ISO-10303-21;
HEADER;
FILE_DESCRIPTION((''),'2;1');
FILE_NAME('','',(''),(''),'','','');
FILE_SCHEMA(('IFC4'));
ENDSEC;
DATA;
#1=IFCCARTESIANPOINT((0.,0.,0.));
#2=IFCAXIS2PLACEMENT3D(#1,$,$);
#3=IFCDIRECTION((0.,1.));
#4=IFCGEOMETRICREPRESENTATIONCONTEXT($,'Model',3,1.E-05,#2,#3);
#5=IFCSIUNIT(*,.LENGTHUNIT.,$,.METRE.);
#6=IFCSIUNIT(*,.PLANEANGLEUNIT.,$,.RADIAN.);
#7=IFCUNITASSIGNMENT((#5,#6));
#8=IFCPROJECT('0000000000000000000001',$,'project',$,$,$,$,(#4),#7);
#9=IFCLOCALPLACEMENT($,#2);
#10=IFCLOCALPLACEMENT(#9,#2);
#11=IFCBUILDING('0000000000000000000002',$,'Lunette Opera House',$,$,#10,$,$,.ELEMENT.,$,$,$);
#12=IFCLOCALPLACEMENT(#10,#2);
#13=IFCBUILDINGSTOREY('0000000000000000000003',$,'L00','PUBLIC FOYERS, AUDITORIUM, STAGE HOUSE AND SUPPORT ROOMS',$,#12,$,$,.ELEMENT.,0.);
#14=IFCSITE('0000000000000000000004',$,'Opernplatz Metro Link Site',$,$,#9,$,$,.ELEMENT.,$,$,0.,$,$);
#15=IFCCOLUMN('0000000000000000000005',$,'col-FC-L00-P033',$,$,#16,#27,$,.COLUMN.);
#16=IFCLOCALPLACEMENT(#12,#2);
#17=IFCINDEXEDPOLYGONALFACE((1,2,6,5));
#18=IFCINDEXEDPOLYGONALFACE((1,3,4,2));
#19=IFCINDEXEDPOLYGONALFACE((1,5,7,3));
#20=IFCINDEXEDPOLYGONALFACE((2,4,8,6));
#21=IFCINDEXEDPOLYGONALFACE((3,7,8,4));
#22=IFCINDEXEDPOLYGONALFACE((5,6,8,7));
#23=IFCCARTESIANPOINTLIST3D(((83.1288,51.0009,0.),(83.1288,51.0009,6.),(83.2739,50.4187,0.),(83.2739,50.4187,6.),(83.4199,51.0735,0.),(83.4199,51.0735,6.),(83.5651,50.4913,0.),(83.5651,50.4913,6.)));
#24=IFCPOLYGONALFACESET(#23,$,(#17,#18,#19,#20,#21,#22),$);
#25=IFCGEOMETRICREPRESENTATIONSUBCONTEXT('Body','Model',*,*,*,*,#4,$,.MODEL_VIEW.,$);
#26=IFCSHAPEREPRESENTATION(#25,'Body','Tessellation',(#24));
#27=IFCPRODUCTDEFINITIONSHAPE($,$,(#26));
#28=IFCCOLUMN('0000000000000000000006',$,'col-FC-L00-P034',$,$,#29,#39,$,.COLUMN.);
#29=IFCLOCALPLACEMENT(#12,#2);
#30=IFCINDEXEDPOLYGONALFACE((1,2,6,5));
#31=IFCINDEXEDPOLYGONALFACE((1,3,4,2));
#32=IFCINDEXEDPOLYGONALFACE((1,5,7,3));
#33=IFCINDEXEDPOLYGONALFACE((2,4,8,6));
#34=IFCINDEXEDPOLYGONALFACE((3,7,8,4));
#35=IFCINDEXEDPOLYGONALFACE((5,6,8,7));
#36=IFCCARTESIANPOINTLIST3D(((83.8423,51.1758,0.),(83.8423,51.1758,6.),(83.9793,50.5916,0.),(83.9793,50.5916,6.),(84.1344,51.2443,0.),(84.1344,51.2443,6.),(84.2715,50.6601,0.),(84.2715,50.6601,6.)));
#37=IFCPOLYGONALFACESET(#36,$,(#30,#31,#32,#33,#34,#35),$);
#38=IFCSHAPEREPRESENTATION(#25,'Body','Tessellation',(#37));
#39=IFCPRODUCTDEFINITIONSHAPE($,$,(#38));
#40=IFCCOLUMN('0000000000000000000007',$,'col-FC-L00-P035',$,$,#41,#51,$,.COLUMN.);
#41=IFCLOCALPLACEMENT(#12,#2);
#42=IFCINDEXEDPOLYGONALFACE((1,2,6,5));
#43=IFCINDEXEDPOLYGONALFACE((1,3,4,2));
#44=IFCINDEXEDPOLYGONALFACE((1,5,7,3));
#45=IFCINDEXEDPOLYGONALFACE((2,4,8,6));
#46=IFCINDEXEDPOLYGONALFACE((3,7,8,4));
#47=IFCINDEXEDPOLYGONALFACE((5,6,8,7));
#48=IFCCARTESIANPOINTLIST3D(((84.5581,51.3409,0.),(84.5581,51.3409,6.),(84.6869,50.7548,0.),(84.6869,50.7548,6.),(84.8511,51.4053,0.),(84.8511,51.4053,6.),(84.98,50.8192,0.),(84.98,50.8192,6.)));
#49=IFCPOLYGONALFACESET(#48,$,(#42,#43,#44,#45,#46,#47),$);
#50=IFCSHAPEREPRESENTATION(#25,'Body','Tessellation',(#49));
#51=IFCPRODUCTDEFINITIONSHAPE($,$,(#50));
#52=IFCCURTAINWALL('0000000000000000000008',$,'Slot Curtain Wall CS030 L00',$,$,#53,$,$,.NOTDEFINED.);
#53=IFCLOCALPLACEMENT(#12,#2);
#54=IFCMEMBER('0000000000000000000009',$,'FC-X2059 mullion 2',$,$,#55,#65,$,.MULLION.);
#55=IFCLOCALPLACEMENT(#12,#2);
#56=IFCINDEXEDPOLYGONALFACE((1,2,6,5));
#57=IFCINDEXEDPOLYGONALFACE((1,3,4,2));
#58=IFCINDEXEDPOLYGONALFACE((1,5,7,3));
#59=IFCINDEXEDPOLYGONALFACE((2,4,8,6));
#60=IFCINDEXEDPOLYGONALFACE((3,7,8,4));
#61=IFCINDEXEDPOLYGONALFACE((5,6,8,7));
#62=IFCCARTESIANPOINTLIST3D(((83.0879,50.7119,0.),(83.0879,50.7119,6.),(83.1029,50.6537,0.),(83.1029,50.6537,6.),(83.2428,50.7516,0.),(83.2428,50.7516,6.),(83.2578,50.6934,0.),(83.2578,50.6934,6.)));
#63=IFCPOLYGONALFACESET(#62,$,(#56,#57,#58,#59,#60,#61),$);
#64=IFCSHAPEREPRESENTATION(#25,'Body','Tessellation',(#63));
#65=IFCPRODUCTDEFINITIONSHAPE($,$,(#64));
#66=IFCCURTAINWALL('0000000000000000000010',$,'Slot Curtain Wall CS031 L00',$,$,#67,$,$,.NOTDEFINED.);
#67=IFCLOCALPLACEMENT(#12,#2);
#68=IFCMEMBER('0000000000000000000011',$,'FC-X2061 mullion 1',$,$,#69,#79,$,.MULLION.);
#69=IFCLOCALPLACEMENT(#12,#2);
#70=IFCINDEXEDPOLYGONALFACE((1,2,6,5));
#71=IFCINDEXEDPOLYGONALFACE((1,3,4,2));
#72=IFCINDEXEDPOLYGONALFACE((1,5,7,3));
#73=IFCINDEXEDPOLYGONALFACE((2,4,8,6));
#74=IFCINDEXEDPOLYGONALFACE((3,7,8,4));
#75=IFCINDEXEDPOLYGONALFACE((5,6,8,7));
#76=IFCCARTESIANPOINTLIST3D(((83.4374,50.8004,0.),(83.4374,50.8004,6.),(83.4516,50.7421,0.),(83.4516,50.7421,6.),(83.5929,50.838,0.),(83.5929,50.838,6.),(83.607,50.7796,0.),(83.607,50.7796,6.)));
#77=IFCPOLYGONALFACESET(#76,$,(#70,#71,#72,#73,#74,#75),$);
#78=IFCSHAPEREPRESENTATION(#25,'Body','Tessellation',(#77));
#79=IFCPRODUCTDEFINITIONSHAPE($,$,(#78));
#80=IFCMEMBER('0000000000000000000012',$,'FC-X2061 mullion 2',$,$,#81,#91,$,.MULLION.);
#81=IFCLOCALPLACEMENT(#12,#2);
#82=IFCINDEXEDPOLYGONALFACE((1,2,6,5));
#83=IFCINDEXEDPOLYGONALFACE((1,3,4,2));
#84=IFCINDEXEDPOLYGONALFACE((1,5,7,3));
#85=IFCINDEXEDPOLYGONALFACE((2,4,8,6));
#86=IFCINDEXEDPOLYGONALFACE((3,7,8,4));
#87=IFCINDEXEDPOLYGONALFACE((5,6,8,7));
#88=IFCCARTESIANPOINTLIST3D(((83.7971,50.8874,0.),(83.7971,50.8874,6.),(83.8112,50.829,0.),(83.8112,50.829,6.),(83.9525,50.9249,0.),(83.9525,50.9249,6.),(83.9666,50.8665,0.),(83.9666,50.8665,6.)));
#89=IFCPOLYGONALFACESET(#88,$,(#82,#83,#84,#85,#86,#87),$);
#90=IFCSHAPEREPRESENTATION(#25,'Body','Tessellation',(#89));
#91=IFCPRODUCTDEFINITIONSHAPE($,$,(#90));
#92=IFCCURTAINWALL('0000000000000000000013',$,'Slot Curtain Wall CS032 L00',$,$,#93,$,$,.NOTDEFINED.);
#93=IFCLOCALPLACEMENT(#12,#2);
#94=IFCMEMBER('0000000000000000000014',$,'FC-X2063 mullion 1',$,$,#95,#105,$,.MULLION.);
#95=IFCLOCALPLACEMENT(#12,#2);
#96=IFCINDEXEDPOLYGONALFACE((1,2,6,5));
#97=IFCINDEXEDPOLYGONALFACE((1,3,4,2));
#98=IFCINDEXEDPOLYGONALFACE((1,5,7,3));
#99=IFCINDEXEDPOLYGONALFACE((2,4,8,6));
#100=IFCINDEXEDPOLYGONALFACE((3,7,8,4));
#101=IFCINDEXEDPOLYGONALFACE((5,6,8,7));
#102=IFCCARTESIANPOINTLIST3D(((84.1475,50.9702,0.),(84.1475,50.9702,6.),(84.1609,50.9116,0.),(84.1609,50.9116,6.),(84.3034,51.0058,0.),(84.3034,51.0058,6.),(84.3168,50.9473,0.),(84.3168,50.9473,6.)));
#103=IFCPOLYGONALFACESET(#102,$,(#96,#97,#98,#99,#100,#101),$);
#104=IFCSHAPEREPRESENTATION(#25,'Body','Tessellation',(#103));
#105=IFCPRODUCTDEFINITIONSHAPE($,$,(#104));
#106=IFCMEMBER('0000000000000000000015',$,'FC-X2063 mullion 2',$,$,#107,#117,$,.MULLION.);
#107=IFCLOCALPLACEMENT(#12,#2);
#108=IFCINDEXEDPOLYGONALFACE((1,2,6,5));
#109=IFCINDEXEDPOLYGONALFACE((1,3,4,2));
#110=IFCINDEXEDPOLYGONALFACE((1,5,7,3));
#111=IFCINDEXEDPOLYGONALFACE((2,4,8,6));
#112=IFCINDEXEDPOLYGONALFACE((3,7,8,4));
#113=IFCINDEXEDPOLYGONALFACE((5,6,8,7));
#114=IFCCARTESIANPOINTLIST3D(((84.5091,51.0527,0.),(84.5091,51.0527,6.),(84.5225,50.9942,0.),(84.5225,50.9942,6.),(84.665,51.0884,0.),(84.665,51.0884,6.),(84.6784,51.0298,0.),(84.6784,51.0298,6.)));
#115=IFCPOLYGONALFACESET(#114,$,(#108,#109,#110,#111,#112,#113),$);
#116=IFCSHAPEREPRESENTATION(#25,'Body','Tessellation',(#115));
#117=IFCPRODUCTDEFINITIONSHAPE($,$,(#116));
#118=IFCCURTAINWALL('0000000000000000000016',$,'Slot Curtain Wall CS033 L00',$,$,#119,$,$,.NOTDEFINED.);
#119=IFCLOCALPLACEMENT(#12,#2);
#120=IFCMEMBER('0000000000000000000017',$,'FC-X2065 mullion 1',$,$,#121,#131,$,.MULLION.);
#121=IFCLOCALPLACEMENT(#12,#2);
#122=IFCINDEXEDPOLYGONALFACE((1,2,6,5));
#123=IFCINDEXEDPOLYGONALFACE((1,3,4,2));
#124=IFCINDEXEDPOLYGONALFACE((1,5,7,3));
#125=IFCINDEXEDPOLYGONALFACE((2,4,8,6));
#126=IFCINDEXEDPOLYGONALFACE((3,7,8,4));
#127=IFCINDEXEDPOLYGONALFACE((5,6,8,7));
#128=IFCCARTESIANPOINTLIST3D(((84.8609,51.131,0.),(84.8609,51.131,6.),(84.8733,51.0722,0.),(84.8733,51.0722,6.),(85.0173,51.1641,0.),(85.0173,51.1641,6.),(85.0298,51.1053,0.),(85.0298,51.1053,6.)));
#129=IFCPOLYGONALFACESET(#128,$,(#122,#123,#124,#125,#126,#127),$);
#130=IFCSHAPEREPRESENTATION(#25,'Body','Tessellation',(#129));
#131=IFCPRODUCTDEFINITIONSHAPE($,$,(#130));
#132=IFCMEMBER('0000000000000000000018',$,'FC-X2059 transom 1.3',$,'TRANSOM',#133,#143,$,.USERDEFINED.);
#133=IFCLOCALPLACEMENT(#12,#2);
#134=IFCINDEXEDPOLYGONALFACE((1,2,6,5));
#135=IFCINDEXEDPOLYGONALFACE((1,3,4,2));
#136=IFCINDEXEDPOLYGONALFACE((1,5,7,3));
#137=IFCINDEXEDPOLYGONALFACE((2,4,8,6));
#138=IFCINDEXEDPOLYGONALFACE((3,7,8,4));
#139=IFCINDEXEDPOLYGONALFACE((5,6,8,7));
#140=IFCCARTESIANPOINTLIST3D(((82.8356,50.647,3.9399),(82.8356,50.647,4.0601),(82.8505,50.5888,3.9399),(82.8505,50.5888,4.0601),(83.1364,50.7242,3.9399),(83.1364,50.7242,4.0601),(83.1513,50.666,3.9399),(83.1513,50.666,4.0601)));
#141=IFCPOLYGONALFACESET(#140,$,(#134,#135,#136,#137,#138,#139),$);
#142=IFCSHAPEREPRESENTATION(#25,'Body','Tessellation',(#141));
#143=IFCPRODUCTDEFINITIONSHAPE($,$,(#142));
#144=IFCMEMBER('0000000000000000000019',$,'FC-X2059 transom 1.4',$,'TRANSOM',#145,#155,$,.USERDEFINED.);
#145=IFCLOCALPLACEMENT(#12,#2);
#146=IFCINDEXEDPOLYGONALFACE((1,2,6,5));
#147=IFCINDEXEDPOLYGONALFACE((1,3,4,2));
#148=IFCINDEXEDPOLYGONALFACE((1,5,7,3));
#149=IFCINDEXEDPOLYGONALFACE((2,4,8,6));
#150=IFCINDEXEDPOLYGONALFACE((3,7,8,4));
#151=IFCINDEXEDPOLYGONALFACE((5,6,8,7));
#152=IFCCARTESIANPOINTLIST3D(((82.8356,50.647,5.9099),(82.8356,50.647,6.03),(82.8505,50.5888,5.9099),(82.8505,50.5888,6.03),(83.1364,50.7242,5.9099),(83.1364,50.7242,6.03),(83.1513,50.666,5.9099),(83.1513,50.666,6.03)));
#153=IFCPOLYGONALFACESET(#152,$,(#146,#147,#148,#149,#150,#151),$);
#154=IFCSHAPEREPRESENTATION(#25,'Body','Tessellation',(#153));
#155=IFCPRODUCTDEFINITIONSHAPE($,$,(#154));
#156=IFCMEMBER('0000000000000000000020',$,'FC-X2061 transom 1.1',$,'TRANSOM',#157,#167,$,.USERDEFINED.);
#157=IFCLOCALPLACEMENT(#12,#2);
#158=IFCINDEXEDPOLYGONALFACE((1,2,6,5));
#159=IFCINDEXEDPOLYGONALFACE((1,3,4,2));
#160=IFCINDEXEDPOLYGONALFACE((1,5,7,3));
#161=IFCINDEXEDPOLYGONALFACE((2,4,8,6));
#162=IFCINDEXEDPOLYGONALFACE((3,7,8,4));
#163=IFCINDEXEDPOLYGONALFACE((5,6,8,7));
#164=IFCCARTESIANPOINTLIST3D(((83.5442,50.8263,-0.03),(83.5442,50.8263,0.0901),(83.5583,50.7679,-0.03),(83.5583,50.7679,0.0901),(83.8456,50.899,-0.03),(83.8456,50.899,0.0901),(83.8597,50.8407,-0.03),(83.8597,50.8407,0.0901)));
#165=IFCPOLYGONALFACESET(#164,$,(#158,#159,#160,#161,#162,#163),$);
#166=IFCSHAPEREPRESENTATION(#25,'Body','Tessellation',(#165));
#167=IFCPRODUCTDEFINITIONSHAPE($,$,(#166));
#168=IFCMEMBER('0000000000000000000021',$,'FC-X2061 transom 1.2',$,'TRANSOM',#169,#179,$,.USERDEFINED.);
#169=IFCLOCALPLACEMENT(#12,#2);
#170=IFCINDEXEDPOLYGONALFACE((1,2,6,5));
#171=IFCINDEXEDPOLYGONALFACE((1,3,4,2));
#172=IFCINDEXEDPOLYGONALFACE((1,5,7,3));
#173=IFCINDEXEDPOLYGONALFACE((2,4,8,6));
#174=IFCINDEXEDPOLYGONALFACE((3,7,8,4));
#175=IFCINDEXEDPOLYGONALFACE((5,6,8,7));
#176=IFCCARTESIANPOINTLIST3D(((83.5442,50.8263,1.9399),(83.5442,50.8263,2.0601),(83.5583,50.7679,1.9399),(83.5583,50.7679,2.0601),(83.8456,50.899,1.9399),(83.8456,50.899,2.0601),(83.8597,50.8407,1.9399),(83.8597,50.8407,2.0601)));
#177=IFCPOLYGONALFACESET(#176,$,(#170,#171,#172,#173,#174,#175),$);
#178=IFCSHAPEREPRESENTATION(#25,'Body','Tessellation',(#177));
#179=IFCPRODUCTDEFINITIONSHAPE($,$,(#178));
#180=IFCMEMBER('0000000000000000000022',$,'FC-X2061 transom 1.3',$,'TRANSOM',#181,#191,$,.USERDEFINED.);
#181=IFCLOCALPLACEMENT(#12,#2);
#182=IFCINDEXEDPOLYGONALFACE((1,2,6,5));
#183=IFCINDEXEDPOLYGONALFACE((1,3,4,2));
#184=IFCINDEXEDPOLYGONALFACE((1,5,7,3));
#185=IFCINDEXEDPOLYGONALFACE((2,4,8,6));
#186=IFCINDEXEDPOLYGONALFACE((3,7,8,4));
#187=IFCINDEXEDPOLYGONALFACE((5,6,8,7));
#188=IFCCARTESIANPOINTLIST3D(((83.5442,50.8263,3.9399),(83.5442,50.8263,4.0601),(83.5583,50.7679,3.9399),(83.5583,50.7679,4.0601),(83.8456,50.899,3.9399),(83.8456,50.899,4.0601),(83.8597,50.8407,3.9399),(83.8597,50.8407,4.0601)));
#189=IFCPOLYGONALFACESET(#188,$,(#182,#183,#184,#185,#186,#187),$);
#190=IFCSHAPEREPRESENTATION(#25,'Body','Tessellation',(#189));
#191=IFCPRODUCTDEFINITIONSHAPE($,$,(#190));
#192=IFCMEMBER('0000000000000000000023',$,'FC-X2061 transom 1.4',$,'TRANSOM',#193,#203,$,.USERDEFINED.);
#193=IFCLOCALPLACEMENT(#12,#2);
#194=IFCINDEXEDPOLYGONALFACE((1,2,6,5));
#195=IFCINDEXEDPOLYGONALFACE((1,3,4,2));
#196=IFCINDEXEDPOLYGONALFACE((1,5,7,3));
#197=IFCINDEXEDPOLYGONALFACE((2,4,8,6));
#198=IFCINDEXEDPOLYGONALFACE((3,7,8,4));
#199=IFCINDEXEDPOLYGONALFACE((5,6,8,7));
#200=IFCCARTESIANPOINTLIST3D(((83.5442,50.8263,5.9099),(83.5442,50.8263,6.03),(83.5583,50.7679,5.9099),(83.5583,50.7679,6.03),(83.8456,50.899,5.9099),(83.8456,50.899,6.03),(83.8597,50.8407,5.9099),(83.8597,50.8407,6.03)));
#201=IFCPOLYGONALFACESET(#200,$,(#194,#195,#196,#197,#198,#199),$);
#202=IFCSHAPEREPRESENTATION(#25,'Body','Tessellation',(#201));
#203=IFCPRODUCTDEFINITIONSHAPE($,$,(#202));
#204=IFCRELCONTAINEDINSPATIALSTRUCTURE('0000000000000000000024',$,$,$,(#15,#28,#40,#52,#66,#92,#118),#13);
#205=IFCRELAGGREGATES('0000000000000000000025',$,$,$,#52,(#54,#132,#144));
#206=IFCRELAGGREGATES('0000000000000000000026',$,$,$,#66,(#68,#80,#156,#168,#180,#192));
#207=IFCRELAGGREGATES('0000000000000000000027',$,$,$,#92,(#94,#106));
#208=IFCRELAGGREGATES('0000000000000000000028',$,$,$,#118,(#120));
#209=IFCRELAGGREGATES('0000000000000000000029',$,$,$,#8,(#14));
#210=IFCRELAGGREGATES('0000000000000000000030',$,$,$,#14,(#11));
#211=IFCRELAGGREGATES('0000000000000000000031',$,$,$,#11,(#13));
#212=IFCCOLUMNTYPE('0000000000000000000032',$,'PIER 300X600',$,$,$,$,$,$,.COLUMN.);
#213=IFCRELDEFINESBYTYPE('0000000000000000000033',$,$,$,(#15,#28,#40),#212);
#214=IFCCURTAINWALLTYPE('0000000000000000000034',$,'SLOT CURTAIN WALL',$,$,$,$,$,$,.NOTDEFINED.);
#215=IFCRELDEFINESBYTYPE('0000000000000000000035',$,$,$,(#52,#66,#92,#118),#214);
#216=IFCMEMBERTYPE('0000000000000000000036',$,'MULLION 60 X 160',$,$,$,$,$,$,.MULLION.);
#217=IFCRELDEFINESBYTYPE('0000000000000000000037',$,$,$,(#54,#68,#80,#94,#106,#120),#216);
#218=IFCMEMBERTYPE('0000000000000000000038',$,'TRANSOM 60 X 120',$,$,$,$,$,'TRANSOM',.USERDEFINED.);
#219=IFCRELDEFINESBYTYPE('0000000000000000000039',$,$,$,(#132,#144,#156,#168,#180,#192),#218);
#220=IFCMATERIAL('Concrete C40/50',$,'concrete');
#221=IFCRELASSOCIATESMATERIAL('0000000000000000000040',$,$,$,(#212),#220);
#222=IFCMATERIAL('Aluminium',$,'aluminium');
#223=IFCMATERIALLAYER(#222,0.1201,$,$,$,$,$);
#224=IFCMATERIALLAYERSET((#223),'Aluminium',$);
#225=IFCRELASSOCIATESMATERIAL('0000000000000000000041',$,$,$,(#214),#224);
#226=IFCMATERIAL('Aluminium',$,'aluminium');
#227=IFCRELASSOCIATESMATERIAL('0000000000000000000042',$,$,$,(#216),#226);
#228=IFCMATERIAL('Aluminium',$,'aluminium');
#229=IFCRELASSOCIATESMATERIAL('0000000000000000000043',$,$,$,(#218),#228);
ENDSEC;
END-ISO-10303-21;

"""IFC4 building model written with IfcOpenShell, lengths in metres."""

from ifc_helpers import new_model, si_unit, direction, frame, origin, origin_2d, place, context, subcontext, project, spatial, rectangle, extrude, material, layer, layer_set, material_profile, profile_set, type_object, element, aggregate, save


model = new_model("IFC4")

# Units and contexts
model_context = context("Model", 3, precision=1e-05, world=origin(), true_north=direction((0.0, 1.0)))
body_context = subcontext(model_context, "Body", "Model", "MODEL_VIEW")
ifc_project = project(units=[si_unit("LENGTHUNIT", "METRE"), si_unit("PLANEANGLEUNIT", "RADIAN")], contexts=[model_context])

# Site, building, storey
site_placement = place(None, origin())
site = spatial("IfcSite", under=ifc_project, at=site_placement, Name="Opernplatz Metro Link Site", CompositionType="ELEMENT", RefElevation=0.0)
building_placement = place(site_placement, origin())
building = spatial("IfcBuilding", under=site, at=building_placement, Name="Lunette Opera House", CompositionType="ELEMENT")
storey_placement = place(building_placement, origin())
storey = spatial("IfcBuildingStorey", under=building, at=storey_placement, Name="L00", Description="PUBLIC FOYERS, AUDITORIUM, STAGE HOUSE AND SUPPORT ROOMS", CompositionType="ELEMENT", Elevation=0.0)

# Columns
ifc_material_1 = material(Name="Concrete C40/50", Category="concrete")
ifc_material_profile_1 = material_profile(ifc_material_1, rectangle(XDim=0.3, YDim=0.6001, at=origin_2d()), Name="PIER 300X600")
ifc_profile_set_1 = profile_set([ifc_material_profile_1], Name="Concrete C40/50")
column_type = type_object("IfcColumnType", Name="PIER 300X600", PredefinedType="COLUMN", material=ifc_profile_set_1)
for number, where, z_axis, x_axis, name in (
    (1, (83.3469, 50.7461, 0.0), (0.0, 0.0, 1.0), (0.970296, 0.241922, 0.0), "col-FC-L00-P033"),
    (2, (84.0569, 50.918, 0.0), (0.0, 0.0, 1.0), (0.973579, 0.228351, 0.0), "col-FC-L00-P034"),
    (3, (84.769, 51.0801, 0.0), (0.0, 0.0, 1.0), (0.976672, 0.214735, 0.0), "col-FC-L00-P035"),
):
    element("IfcColumn", number, at=place(storey_placement, frame(where, z_axis=z_axis, x_axis=x_axis)), inside=storey, type_object=column_type, Name=name, PredefinedType="COLUMN", context=body_context, shape_type="SweptSolid", body=[
        extrude(rectangle(XDim=0.3, YDim=0.6001, at=origin_2d()), origin(), (0.0, 0.0, 1.0), 6.0),
    ])

# Curtain wall, member
ifc_material_2 = material(Name="Aluminium", Category="aluminium")
ifc_layer_1 = layer(ifc_material_2, 0.1201)
ifc_layer_set_1 = layer_set([ifc_layer_1], Name="Aluminium")
curtain_wall_type = type_object("IfcCurtainWallType", Name="SLOT CURTAIN WALL", PredefinedType="NOTDEFINED", material=ifc_layer_set_1)
curtain_wall_1_placement = place(storey_placement, origin())
curtain_wall_1 = element("IfcCurtainWall", 4, at=curtain_wall_1_placement, inside=storey, type_object=curtain_wall_type, Name="Slot Curtain Wall CS030 L00", PredefinedType="NOTDEFINED")
ifc_material_3 = material(Name="Aluminium", Category="aluminium")
ifc_material_profile_2 = material_profile(ifc_material_3, rectangle(XDim=0.0601, YDim=0.1599, at=origin_2d()), Name="MULLION 60 X 160")
ifc_profile_set_2 = profile_set([ifc_material_profile_2], Name="Aluminium")
member_type_1 = type_object("IfcMemberType", Name="MULLION 60 X 160", PredefinedType="MULLION", material=ifc_profile_set_2)
member_1_placement = place(storey_placement, frame((83.1729, 50.7026, 0.0), z_axis=(0.0, 0.0, 1.0), x_axis=(-0.248543, 0.968621, 0.0)))
member_1 = element("IfcMember", 5, at=member_1_placement, type_object=member_type_1, Name="FC-X2059 mullion 2", PredefinedType="MULLION", context=body_context, shape_type="SweptSolid", body=[
    extrude(rectangle(XDim=0.0601, YDim=0.1599, at=origin_2d()), origin(), (0.0, 0.0, 1.0), 6.0),
])

# Curtain walls, members
curtain_wall_2_placement = place(storey_placement, origin())
curtain_wall_2 = element("IfcCurtainWall", 6, at=curtain_wall_2_placement, inside=storey, type_object=curtain_wall_type, Name="Slot Curtain Wall CS031 L00", PredefinedType="NOTDEFINED")
member_2_placement = place(storey_placement, frame((83.5222, 50.79, 0.0), z_axis=(0.0, 0.0, 1.0), x_axis=(-0.234868, 0.972027, 0.0)))
member_2 = element("IfcMember", 7, at=member_2_placement, type_object=member_type_1, Name="FC-X2061 mullion 1", PredefinedType="MULLION", context=body_context, shape_type="SweptSolid", body=[
    extrude(rectangle(XDim=0.0601, YDim=0.1599, at=origin_2d()), origin(), (0.0, 0.0, 1.0), 6.0),
])
member_3_placement = place(storey_placement, frame((83.8818, 50.877, 0.0), z_axis=(0.0, 0.0, 1.0), x_axis=(-0.234868, 0.972027, 0.0)))
member_3 = element("IfcMember", 8, at=member_3_placement, type_object=member_type_1, Name="FC-X2061 mullion 2", PredefinedType="MULLION", context=body_context, shape_type="SweptSolid", body=[
    extrude(rectangle(XDim=0.0601, YDim=0.1599, at=origin_2d()), origin(), (0.0, 0.0, 1.0), 6.0),
])
curtain_wall_3_placement = place(storey_placement, origin())
curtain_wall_3 = element("IfcCurtainWall", 9, at=curtain_wall_3_placement, inside=storey, type_object=curtain_wall_type, Name="Slot Curtain Wall CS032 L00", PredefinedType="NOTDEFINED")
member_4_placement = place(storey_placement, frame((84.2322, 50.9587, 0.0), z_axis=(0.0, 0.0, 1.0), x_axis=(-0.222825, 0.974859, 0.0)))
member_4 = element("IfcMember", 10, at=member_4_placement, type_object=member_type_1, Name="FC-X2063 mullion 1", PredefinedType="MULLION", context=body_context, shape_type="SweptSolid", body=[
    extrude(rectangle(XDim=0.0601, YDim=0.1599, at=origin_2d()), origin(), (0.0, 0.0, 1.0), 6.0),
])
member_5_placement = place(storey_placement, frame((84.5938, 51.0413, 0.0), z_axis=(0.0, 0.0, 1.0), x_axis=(-0.222825, 0.974859, 0.0)))
member_5 = element("IfcMember", 11, at=member_5_placement, type_object=member_type_1, Name="FC-X2063 mullion 2", PredefinedType="MULLION", context=body_context, shape_type="SweptSolid", body=[
    extrude(rectangle(XDim=0.0601, YDim=0.1599, at=origin_2d()), origin(), (0.0, 0.0, 1.0), 6.0),
])

# Curtain wall, member
curtain_wall_4_placement = place(storey_placement, origin())
curtain_wall_4 = element("IfcCurtainWall", 12, at=curtain_wall_4_placement, inside=storey, type_object=curtain_wall_type, Name="Slot Curtain Wall CS033 L00", PredefinedType="NOTDEFINED")
member_6_placement = place(storey_placement, frame((84.9453, 51.1182, 0.0), z_axis=(0.0, 0.0, 1.0), x_axis=(-0.20683, 0.978377, 0.0)))
member_6 = element("IfcMember", 13, at=member_6_placement, type_object=member_type_1, Name="FC-X2065 mullion 1", PredefinedType="MULLION", context=body_context, shape_type="SweptSolid", body=[
    extrude(rectangle(XDim=0.0601, YDim=0.1599, at=origin_2d()), origin(), (0.0, 0.0, 1.0), 6.0),
])

# Members
ifc_material_4 = material(Name="Aluminium", Category="aluminium")
ifc_material_profile_3 = material_profile(ifc_material_4, rectangle(XDim=0.0601, YDim=0.1201, at=origin_2d()), Name="TRANSOM 60 X 120")
ifc_profile_set_3 = profile_set([ifc_material_profile_3], Name="Aluminium")
member_type_2 = type_object("IfcMemberType", Name="TRANSOM 60 X 120", ElementType="TRANSOM", PredefinedType="USERDEFINED", material=ifc_profile_set_3)
member_7_placement = place(storey_placement, frame((82.843, 50.6179, 4.0), z_axis=(0.968644, 0.248451, 0.0), x_axis=(-0.248451, 0.968644, 0.0)))
member_7 = element("IfcMember", 14, at=member_7_placement, type_object=member_type_2, Name="FC-X2059 transom 1.3", ObjectType="TRANSOM", PredefinedType="USERDEFINED", context=body_context, shape_type="SweptSolid", body=[
    extrude(rectangle(XDim=0.0601, YDim=0.1201, at=origin_2d()), origin(), (0.0, 0.0, 1.0), 0.3105),
])
member_8_placement = place(storey_placement, frame((82.843, 50.6179, 5.97), z_axis=(0.968644, 0.248451, 0.0), x_axis=(-0.248451, 0.968644, 0.0)))
member_8 = element("IfcMember", 15, at=member_8_placement, type_object=member_type_2, Name="FC-X2059 transom 1.4", ObjectType="TRANSOM", PredefinedType="USERDEFINED", context=body_context, shape_type="SweptSolid", body=[
    extrude(rectangle(XDim=0.0601, YDim=0.1201, at=origin_2d()), origin(), (0.0, 0.0, 1.0), 0.3105),
])
member_9_placement = place(storey_placement, frame((83.5513, 50.7971, 0.03), z_axis=(0.972101, 0.234564, 0.0), x_axis=(-0.234564, 0.972101, 0.0)))
member_9 = element("IfcMember", 16, at=member_9_placement, type_object=member_type_2, Name="FC-X2061 transom 1.1", ObjectType="TRANSOM", PredefinedType="USERDEFINED", context=body_context, shape_type="SweptSolid", body=[
    extrude(rectangle(XDim=0.0601, YDim=0.1201, at=origin_2d()), origin(), (0.0, 0.0, 1.0), 0.3101),
])
member_10_placement = place(storey_placement, frame((83.5513, 50.7971, 2.0), z_axis=(0.972101, 0.234564, 0.0), x_axis=(-0.234564, 0.972101, 0.0)))
member_10 = element("IfcMember", 17, at=member_10_placement, type_object=member_type_2, Name="FC-X2061 transom 1.2", ObjectType="TRANSOM", PredefinedType="USERDEFINED", context=body_context, shape_type="SweptSolid", body=[
    extrude(rectangle(XDim=0.0601, YDim=0.1201, at=origin_2d()), origin(), (0.0, 0.0, 1.0), 0.3101),
])
member_11_placement = place(storey_placement, frame((83.5513, 50.7971, 4.0), z_axis=(0.972101, 0.234564, 0.0), x_axis=(-0.234564, 0.972101, 0.0)))
member_11 = element("IfcMember", 18, at=member_11_placement, type_object=member_type_2, Name="FC-X2061 transom 1.3", ObjectType="TRANSOM", PredefinedType="USERDEFINED", context=body_context, shape_type="SweptSolid", body=[
    extrude(rectangle(XDim=0.0601, YDim=0.1201, at=origin_2d()), origin(), (0.0, 0.0, 1.0), 0.3101),
])
member_12_placement = place(storey_placement, frame((83.5513, 50.7971, 5.97), z_axis=(0.972101, 0.234564, 0.0), x_axis=(-0.234564, 0.972101, 0.0)))
member_12 = element("IfcMember", 19, at=member_12_placement, type_object=member_type_2, Name="FC-X2061 transom 1.4", ObjectType="TRANSOM", PredefinedType="USERDEFINED", context=body_context, shape_type="SweptSolid", body=[
    extrude(rectangle(XDim=0.0601, YDim=0.1201, at=origin_2d()), origin(), (0.0, 0.0, 1.0), 0.3101),
])

aggregate(curtain_wall_1, [member_1, member_7, member_8])
aggregate(curtain_wall_2, [member_2, member_3, member_9, member_10, member_11, member_12])
aggregate(curtain_wall_3, [member_4, member_5])
aggregate(curtain_wall_4, [member_6])

save(model, "model.ifc")
